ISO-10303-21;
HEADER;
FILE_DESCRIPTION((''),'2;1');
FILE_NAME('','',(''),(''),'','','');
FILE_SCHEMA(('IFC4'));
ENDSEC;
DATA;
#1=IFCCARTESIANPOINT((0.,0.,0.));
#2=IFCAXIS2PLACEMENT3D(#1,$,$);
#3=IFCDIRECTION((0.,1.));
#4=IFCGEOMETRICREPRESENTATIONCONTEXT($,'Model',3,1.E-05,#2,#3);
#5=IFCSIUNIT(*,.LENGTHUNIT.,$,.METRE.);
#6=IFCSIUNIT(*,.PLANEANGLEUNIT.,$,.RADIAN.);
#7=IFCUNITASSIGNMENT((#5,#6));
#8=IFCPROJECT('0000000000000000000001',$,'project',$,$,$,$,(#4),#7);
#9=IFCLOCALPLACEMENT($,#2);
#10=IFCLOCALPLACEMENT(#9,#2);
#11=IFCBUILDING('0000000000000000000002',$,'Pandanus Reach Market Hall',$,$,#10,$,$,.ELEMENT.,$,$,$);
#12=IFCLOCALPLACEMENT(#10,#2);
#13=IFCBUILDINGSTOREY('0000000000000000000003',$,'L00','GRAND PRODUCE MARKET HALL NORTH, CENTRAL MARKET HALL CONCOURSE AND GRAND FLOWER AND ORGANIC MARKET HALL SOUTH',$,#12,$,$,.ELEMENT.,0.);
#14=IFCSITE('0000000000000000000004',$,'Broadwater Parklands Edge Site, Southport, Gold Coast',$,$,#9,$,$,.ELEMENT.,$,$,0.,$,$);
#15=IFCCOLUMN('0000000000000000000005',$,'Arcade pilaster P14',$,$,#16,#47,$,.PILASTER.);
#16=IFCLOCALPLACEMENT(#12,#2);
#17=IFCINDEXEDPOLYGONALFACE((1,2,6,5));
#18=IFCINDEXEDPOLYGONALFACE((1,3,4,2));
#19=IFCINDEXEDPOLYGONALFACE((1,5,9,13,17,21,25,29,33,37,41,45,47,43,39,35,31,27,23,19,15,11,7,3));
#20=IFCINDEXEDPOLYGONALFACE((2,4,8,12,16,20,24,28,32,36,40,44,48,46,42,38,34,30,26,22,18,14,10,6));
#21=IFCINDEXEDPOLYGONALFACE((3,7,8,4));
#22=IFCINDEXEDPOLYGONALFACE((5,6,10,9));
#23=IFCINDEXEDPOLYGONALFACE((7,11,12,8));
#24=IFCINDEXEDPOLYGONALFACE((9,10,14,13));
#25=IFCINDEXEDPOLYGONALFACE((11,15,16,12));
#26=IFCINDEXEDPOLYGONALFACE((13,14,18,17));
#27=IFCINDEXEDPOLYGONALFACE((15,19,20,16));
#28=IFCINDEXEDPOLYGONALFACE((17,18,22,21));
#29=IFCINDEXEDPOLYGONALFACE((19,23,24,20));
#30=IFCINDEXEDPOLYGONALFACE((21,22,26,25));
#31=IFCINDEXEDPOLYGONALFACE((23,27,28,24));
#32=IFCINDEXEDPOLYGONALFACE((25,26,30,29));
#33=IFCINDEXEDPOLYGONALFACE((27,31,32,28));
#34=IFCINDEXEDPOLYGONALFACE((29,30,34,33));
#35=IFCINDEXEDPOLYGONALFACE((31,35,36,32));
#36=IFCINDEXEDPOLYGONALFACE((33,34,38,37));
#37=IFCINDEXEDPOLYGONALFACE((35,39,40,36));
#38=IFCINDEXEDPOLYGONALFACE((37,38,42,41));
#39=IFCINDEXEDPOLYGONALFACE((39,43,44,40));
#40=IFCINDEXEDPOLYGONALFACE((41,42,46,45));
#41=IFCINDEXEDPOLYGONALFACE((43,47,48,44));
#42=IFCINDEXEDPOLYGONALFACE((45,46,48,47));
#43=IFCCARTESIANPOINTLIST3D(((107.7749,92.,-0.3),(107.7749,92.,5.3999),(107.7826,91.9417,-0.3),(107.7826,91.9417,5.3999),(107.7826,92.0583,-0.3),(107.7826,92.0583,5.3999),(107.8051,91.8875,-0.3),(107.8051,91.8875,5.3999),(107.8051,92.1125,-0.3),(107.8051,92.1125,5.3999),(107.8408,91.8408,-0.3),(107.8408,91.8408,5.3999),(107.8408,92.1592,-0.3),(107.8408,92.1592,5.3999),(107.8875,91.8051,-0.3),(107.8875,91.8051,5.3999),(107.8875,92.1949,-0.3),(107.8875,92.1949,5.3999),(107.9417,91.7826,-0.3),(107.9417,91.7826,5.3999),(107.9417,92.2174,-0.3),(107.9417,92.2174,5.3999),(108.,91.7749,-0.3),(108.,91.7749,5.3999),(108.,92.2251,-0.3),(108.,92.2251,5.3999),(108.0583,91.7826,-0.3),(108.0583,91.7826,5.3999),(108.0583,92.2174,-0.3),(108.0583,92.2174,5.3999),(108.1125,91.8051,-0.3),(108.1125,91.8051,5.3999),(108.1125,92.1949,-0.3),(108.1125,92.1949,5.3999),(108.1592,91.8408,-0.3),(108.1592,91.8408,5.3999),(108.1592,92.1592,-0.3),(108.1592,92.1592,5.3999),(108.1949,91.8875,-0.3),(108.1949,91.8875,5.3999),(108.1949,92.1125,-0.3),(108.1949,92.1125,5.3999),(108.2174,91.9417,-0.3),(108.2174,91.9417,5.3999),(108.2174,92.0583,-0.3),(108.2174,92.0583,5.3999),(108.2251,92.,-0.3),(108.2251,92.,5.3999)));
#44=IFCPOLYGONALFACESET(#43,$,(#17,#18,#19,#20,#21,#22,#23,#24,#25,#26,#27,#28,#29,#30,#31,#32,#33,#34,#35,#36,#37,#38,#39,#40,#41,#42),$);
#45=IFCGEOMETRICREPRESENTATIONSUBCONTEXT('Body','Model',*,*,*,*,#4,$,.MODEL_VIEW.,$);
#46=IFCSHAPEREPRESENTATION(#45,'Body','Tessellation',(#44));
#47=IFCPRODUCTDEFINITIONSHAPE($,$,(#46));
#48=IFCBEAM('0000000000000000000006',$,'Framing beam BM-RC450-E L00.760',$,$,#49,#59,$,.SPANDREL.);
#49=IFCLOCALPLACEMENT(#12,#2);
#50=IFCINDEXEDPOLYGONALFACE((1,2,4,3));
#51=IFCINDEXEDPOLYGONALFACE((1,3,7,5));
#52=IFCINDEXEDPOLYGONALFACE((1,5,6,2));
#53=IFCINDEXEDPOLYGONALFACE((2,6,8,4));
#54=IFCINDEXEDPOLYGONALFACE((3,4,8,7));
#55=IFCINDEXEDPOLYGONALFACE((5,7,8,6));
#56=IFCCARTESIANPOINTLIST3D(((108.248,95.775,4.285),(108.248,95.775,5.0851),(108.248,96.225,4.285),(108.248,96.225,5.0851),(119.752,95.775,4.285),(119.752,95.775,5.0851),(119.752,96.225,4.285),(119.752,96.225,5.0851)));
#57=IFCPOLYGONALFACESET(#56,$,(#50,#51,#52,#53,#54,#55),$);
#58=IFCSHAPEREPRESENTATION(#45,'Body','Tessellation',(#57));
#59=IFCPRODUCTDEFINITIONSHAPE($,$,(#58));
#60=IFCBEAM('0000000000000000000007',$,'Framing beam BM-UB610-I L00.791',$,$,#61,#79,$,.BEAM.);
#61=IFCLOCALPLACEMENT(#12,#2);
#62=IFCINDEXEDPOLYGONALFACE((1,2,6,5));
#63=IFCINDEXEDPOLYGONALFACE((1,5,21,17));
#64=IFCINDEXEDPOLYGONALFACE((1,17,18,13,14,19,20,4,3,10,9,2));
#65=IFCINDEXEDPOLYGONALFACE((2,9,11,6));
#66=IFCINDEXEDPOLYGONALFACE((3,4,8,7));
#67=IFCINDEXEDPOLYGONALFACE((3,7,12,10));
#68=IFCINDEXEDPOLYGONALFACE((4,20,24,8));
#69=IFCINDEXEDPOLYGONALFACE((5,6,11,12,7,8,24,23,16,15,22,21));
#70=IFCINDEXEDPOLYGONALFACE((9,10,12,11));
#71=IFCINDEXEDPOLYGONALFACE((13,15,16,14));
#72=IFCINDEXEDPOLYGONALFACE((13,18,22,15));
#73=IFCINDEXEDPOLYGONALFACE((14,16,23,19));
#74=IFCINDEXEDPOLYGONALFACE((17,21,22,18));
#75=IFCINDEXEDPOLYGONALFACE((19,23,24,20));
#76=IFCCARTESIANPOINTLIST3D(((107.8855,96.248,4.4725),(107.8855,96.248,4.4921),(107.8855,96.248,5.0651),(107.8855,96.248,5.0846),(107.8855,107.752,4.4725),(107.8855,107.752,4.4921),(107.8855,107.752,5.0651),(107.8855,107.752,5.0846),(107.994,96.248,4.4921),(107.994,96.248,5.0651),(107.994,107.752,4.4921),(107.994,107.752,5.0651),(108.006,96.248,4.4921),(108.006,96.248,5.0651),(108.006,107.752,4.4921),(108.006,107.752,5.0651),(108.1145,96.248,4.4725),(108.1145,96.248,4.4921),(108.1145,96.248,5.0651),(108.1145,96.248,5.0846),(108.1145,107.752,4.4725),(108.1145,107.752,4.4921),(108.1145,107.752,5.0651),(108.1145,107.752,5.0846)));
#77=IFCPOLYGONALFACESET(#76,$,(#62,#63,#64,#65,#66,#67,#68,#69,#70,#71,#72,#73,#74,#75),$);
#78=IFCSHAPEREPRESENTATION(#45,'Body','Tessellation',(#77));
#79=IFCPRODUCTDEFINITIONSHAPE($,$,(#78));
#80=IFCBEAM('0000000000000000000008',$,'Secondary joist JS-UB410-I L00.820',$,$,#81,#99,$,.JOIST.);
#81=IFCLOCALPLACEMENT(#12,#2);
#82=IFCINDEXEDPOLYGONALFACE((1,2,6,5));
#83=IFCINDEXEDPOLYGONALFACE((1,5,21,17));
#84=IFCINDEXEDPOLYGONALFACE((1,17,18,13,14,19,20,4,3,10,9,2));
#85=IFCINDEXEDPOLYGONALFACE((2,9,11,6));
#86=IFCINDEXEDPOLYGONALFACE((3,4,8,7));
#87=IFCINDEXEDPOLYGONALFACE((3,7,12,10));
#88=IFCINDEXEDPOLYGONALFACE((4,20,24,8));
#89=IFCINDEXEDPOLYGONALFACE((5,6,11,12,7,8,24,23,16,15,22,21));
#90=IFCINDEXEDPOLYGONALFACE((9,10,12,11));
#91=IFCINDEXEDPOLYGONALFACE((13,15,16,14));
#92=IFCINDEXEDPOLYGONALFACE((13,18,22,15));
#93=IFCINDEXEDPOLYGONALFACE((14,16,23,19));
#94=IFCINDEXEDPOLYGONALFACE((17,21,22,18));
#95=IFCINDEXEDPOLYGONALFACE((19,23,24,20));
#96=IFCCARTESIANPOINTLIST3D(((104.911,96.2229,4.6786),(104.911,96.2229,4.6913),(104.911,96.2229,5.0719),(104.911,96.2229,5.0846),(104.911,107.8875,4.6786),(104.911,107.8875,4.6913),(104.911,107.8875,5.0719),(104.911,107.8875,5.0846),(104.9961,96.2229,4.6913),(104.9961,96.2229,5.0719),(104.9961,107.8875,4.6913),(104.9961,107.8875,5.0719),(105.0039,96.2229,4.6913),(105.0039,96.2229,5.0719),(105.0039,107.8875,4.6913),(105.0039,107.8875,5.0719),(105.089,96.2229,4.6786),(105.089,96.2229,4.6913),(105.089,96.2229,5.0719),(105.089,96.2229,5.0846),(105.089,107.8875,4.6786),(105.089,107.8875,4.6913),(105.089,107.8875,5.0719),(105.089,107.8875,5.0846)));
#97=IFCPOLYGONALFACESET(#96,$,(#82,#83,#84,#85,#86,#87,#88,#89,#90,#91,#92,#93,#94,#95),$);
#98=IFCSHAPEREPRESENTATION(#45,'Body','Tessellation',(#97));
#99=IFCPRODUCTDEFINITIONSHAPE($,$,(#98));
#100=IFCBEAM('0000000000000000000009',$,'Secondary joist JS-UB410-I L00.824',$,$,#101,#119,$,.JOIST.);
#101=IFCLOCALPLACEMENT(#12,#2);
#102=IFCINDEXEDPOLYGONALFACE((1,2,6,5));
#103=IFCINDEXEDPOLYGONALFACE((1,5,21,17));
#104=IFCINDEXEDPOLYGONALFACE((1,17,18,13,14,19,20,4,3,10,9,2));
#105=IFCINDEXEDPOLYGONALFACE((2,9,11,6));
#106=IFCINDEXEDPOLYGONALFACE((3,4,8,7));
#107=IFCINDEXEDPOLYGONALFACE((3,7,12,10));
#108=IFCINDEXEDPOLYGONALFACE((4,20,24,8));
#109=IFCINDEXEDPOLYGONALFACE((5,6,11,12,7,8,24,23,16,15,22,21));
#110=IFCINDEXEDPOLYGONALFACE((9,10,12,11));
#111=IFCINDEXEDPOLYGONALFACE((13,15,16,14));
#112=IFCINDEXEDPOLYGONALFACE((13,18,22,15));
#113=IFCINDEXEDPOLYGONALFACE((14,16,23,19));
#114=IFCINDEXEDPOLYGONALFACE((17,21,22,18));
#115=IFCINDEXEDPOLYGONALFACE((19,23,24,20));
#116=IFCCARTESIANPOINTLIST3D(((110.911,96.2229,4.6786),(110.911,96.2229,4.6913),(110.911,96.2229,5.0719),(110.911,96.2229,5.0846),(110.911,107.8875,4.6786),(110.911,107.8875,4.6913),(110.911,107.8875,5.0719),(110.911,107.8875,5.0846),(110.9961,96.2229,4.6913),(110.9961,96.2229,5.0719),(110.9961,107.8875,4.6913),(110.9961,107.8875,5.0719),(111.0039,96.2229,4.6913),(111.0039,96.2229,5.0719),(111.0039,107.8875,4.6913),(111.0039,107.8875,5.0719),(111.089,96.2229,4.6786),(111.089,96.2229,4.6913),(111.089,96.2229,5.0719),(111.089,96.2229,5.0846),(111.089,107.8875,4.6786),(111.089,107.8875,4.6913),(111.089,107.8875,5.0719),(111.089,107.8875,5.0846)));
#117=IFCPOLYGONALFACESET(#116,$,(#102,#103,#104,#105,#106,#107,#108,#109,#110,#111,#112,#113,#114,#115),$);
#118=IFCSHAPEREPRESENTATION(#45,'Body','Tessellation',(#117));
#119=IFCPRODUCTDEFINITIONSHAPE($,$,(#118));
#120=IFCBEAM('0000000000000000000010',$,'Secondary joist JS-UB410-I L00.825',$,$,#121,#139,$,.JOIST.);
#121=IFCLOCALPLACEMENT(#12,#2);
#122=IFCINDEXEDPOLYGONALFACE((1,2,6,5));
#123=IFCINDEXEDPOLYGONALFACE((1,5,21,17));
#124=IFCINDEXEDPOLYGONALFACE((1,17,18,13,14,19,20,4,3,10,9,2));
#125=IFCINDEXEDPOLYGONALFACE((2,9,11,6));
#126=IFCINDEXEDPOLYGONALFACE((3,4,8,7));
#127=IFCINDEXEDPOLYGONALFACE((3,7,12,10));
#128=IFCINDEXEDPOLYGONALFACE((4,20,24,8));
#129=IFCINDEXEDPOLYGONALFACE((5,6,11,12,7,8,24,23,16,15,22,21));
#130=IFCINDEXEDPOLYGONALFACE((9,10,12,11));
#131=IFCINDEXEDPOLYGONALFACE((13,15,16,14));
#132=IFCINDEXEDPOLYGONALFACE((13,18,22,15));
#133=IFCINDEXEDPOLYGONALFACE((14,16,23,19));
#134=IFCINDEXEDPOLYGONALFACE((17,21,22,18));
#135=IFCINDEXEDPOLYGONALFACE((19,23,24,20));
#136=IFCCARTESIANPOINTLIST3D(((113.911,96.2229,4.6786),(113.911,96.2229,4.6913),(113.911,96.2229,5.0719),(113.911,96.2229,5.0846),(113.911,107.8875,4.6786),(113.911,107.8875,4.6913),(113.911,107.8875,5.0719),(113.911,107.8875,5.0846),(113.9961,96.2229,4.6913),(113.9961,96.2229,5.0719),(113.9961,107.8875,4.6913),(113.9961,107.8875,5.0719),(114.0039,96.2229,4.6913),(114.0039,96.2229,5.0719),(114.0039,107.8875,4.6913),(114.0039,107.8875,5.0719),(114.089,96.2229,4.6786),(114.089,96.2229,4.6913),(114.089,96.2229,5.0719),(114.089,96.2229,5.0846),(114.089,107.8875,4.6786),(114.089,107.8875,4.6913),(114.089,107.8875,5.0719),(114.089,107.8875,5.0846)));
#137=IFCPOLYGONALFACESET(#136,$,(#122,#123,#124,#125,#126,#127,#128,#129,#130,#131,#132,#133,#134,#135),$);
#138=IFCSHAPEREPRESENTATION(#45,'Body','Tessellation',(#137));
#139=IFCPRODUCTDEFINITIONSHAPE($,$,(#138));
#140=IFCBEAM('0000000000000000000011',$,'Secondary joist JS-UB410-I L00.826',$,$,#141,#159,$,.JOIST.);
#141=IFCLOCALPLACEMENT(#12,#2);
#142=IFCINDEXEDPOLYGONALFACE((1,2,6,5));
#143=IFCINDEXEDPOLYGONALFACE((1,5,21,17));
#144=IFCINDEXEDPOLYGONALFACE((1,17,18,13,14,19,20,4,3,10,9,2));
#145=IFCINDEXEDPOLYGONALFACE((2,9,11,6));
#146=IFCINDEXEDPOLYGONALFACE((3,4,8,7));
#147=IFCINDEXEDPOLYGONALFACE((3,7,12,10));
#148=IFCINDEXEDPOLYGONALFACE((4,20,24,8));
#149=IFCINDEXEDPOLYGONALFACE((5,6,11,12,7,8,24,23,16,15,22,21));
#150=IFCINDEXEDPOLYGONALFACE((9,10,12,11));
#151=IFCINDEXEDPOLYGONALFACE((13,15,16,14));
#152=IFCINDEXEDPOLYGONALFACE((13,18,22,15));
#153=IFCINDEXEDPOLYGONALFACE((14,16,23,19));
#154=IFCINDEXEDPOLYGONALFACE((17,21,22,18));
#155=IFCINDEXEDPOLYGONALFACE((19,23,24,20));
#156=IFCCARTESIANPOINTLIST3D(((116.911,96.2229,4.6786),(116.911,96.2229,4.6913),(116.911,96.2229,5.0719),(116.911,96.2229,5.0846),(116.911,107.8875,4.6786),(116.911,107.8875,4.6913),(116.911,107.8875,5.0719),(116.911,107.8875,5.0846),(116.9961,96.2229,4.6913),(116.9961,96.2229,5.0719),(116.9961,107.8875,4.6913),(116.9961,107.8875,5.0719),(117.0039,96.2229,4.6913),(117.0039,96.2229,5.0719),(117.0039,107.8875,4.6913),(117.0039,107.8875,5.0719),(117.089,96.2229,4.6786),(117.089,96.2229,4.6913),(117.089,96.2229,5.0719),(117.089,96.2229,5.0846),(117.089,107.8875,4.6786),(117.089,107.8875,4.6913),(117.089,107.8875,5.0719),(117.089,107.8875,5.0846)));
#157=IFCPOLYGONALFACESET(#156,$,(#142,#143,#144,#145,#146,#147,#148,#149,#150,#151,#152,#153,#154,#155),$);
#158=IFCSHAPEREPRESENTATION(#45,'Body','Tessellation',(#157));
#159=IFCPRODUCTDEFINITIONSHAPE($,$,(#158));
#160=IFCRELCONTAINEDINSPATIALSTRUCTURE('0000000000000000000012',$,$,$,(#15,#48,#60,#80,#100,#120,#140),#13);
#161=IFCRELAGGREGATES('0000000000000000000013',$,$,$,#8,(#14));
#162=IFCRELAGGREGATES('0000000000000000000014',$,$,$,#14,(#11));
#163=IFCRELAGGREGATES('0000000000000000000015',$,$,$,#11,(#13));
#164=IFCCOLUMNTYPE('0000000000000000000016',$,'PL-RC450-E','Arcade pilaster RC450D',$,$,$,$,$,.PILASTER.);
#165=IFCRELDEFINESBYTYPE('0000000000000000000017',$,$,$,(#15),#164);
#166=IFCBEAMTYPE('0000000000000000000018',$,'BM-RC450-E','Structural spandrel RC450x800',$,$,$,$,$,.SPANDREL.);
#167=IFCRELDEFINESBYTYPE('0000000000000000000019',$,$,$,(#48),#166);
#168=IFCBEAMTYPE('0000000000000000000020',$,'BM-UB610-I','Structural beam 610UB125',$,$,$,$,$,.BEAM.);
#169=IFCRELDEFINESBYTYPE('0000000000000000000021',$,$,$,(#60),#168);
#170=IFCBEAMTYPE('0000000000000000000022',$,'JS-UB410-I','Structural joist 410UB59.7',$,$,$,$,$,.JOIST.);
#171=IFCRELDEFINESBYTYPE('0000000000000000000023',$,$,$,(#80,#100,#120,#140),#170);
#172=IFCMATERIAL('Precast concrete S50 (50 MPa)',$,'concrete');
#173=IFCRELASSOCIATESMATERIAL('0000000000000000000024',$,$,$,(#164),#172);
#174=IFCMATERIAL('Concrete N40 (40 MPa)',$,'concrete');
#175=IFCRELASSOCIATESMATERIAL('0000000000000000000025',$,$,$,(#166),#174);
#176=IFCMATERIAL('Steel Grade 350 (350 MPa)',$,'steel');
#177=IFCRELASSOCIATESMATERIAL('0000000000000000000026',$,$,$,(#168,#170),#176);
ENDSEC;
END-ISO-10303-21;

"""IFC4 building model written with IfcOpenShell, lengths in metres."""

from ifc_helpers import new_model, si_unit, direction, frame, origin, origin_2d, place, context, subcontext, project, spatial, rectangle, circle, i_section, extrude, material, material_profile, profile_set, type_object, element, save


model = new_model("IFC4")

# Units and contexts
model_context = context("Model", 3, precision=1e-05, world=origin(), true_north=direction((0.0, 1.0)))
body_context = subcontext(model_context, "Body", "Model", "MODEL_VIEW")
ifc_project = project(units=[si_unit("LENGTHUNIT", "METRE"), si_unit("PLANEANGLEUNIT", "RADIAN")], contexts=[model_context])

# Site, building, storey
site_placement = place(None, origin())
site = spatial("IfcSite", under=ifc_project, at=site_placement, Name="Broadwater Parklands Edge Site, Southport, Gold Coast", CompositionType="ELEMENT", RefElevation=0.0)
building_placement = place(site_placement, origin())
building = spatial("IfcBuilding", under=site, at=building_placement, Name="Pandanus Reach Market Hall", CompositionType="ELEMENT")
storey_placement = place(building_placement, origin())
storey = spatial("IfcBuildingStorey", under=building, at=storey_placement, Name="L00", Description="GRAND PRODUCE MARKET HALL NORTH, CENTRAL MARKET HALL CONCOURSE AND GRAND FLOWER AND ORGANIC MARKET HALL SOUTH", CompositionType="ELEMENT", Elevation=0.0)

# Shared definitions
ifc_material_1 = material(Name="Concrete N40 (40 MPa)", Category="concrete")

# Column
ifc_material_2 = material(Name="Precast concrete S50 (50 MPa)", Category="concrete")
ifc_material_profile_1 = material_profile(ifc_material_2, circle(Radius=0.2251, at=origin_2d()), Name="RC450D", Category="LoadBearing")
ifc_profile_set_1 = profile_set([ifc_material_profile_1], Name="Precast concrete S50 (50 MPa)")
column_type_1 = type_object("IfcColumnType", Name="PL-RC450-E", Description="Arcade pilaster RC450D", PredefinedType="PILASTER", material=ifc_profile_set_1)
column_1_placement = place(storey_placement, frame((108.0, 92.0, -0.3), z_axis=(0.0, 0.0, 1.0), x_axis=(1.0, 0.0, 0.0)))
element("IfcColumn", 1, at=column_1_placement, inside=storey, type_object=column_type_1, Name="Arcade pilaster P14", PredefinedType="PILASTER", context=body_context, shape_type="SweptSolid", body=[
    extrude(circle(Radius=0.2251, at=origin_2d()), origin(), (0.0, 0.0, 1.0), 5.7),
])

# Beams
ifc_material_profile_2 = material_profile(ifc_material_1, rectangle(XDim=0.45, YDim=0.8, at=origin_2d()), Name="RC450x800", Category="LoadBearing")
ifc_profile_set_2 = profile_set([ifc_material_profile_2], Name="Concrete N40 (40 MPa)")
beam_type_1 = type_object("IfcBeamType", Name="BM-RC450-E", Description="Structural spandrel RC450x800", PredefinedType="SPANDREL", material=ifc_profile_set_2)
beam_1_placement = place(storey_placement, frame((108.248, 96.0, 4.6851), z_axis=(1.0, 0.0, 0.0), x_axis=(0.0, 1.0, 0.0)))
element("IfcBeam", 2, at=beam_1_placement, inside=storey, type_object=beam_type_1, Name="Framing beam BM-RC450-E L00.760", PredefinedType="SPANDREL", context=body_context, shape_type="SweptSolid", body=[
    extrude(rectangle(XDim=0.45, YDim=0.8, at=origin_2d()), origin(), (0.0, 0.0, 1.0), 11.5039),
])
ifc_material_3 = material(Name="Steel Grade 350 (350 MPa)", Category="steel")
ifc_material_profile_3 = material_profile(ifc_material_3, i_section(OverallWidth=0.229, OverallDepth=0.6121, WebThickness=0.012, FlangeThickness=0.0195, at=origin_2d()), Name="610UB125", Category="LoadBearing")
ifc_profile_set_3 = profile_set([ifc_material_profile_3], Name="Steel Grade 350 (350 MPa)")
beam_type_2 = type_object("IfcBeamType", Name="BM-UB610-I", Description="Structural beam 610UB125", PredefinedType="BEAM", material=ifc_profile_set_3)
beam_2_placement = place(storey_placement, frame((108.0, 96.248, 4.7786), z_axis=(0.0, 1.0, 0.0), x_axis=(-1.0, 0.0, 0.0)))
element("IfcBeam", 3, at=beam_2_placement, inside=storey, type_object=beam_type_2, Name="Framing beam BM-UB610-I L00.791", PredefinedType="BEAM", context=body_context, shape_type="SweptSolid", body=[
    extrude(i_section(OverallWidth=0.229, OverallDepth=0.6121, WebThickness=0.012, FlangeThickness=0.0195, at=origin_2d()), origin(), (0.0, 0.0, 1.0), 11.5039),
])
ifc_material_profile_4 = material_profile(ifc_material_3, i_section(OverallWidth=0.178, OverallDepth=0.406, WebThickness=0.0078, FlangeThickness=0.0127, at=origin_2d()), Name="410UB59.7", Category="LoadBearing")
ifc_profile_set_4 = profile_set([ifc_material_profile_4], Name="Steel Grade 350 (350 MPa)")
beam_type_3 = type_object("IfcBeamType", Name="JS-UB410-I", Description="Structural joist 410UB59.7", PredefinedType="JOIST", material=ifc_profile_set_4)
for number, where, z_axis, x_axis, name in (
    (4, (105.0, 96.2229, 4.8816), (0.0, 1.0, 0.0), (-1.0, 0.0, 0.0), "Secondary joist JS-UB410-I L00.820"),
    (5, (111.0, 96.2229, 4.8816), (0.0, 1.0, 0.0), (-1.0, 0.0, 0.0), "Secondary joist JS-UB410-I L00.824"),
    (6, (114.0, 96.2229, 4.8816), (0.0, 1.0, 0.0), (-1.0, 0.0, 0.0), "Secondary joist JS-UB410-I L00.825"),
    (7, (117.0, 96.2229, 4.8816), (0.0, 1.0, 0.0), (-1.0, 0.0, 0.0), "Secondary joist JS-UB410-I L00.826"),
):
    element("IfcBeam", number, at=place(storey_placement, frame(where, z_axis=z_axis, x_axis=x_axis)), inside=storey, type_object=beam_type_3, Name=name, PredefinedType="JOIST", context=body_context, shape_type="SweptSolid", body=[
        extrude(i_section(OverallWidth=0.178, OverallDepth=0.406, WebThickness=0.0078, FlangeThickness=0.0127, at=origin_2d()), origin(), (0.0, 0.0, 1.0), 11.6646),
    ])

save(model, "model.ifc")
